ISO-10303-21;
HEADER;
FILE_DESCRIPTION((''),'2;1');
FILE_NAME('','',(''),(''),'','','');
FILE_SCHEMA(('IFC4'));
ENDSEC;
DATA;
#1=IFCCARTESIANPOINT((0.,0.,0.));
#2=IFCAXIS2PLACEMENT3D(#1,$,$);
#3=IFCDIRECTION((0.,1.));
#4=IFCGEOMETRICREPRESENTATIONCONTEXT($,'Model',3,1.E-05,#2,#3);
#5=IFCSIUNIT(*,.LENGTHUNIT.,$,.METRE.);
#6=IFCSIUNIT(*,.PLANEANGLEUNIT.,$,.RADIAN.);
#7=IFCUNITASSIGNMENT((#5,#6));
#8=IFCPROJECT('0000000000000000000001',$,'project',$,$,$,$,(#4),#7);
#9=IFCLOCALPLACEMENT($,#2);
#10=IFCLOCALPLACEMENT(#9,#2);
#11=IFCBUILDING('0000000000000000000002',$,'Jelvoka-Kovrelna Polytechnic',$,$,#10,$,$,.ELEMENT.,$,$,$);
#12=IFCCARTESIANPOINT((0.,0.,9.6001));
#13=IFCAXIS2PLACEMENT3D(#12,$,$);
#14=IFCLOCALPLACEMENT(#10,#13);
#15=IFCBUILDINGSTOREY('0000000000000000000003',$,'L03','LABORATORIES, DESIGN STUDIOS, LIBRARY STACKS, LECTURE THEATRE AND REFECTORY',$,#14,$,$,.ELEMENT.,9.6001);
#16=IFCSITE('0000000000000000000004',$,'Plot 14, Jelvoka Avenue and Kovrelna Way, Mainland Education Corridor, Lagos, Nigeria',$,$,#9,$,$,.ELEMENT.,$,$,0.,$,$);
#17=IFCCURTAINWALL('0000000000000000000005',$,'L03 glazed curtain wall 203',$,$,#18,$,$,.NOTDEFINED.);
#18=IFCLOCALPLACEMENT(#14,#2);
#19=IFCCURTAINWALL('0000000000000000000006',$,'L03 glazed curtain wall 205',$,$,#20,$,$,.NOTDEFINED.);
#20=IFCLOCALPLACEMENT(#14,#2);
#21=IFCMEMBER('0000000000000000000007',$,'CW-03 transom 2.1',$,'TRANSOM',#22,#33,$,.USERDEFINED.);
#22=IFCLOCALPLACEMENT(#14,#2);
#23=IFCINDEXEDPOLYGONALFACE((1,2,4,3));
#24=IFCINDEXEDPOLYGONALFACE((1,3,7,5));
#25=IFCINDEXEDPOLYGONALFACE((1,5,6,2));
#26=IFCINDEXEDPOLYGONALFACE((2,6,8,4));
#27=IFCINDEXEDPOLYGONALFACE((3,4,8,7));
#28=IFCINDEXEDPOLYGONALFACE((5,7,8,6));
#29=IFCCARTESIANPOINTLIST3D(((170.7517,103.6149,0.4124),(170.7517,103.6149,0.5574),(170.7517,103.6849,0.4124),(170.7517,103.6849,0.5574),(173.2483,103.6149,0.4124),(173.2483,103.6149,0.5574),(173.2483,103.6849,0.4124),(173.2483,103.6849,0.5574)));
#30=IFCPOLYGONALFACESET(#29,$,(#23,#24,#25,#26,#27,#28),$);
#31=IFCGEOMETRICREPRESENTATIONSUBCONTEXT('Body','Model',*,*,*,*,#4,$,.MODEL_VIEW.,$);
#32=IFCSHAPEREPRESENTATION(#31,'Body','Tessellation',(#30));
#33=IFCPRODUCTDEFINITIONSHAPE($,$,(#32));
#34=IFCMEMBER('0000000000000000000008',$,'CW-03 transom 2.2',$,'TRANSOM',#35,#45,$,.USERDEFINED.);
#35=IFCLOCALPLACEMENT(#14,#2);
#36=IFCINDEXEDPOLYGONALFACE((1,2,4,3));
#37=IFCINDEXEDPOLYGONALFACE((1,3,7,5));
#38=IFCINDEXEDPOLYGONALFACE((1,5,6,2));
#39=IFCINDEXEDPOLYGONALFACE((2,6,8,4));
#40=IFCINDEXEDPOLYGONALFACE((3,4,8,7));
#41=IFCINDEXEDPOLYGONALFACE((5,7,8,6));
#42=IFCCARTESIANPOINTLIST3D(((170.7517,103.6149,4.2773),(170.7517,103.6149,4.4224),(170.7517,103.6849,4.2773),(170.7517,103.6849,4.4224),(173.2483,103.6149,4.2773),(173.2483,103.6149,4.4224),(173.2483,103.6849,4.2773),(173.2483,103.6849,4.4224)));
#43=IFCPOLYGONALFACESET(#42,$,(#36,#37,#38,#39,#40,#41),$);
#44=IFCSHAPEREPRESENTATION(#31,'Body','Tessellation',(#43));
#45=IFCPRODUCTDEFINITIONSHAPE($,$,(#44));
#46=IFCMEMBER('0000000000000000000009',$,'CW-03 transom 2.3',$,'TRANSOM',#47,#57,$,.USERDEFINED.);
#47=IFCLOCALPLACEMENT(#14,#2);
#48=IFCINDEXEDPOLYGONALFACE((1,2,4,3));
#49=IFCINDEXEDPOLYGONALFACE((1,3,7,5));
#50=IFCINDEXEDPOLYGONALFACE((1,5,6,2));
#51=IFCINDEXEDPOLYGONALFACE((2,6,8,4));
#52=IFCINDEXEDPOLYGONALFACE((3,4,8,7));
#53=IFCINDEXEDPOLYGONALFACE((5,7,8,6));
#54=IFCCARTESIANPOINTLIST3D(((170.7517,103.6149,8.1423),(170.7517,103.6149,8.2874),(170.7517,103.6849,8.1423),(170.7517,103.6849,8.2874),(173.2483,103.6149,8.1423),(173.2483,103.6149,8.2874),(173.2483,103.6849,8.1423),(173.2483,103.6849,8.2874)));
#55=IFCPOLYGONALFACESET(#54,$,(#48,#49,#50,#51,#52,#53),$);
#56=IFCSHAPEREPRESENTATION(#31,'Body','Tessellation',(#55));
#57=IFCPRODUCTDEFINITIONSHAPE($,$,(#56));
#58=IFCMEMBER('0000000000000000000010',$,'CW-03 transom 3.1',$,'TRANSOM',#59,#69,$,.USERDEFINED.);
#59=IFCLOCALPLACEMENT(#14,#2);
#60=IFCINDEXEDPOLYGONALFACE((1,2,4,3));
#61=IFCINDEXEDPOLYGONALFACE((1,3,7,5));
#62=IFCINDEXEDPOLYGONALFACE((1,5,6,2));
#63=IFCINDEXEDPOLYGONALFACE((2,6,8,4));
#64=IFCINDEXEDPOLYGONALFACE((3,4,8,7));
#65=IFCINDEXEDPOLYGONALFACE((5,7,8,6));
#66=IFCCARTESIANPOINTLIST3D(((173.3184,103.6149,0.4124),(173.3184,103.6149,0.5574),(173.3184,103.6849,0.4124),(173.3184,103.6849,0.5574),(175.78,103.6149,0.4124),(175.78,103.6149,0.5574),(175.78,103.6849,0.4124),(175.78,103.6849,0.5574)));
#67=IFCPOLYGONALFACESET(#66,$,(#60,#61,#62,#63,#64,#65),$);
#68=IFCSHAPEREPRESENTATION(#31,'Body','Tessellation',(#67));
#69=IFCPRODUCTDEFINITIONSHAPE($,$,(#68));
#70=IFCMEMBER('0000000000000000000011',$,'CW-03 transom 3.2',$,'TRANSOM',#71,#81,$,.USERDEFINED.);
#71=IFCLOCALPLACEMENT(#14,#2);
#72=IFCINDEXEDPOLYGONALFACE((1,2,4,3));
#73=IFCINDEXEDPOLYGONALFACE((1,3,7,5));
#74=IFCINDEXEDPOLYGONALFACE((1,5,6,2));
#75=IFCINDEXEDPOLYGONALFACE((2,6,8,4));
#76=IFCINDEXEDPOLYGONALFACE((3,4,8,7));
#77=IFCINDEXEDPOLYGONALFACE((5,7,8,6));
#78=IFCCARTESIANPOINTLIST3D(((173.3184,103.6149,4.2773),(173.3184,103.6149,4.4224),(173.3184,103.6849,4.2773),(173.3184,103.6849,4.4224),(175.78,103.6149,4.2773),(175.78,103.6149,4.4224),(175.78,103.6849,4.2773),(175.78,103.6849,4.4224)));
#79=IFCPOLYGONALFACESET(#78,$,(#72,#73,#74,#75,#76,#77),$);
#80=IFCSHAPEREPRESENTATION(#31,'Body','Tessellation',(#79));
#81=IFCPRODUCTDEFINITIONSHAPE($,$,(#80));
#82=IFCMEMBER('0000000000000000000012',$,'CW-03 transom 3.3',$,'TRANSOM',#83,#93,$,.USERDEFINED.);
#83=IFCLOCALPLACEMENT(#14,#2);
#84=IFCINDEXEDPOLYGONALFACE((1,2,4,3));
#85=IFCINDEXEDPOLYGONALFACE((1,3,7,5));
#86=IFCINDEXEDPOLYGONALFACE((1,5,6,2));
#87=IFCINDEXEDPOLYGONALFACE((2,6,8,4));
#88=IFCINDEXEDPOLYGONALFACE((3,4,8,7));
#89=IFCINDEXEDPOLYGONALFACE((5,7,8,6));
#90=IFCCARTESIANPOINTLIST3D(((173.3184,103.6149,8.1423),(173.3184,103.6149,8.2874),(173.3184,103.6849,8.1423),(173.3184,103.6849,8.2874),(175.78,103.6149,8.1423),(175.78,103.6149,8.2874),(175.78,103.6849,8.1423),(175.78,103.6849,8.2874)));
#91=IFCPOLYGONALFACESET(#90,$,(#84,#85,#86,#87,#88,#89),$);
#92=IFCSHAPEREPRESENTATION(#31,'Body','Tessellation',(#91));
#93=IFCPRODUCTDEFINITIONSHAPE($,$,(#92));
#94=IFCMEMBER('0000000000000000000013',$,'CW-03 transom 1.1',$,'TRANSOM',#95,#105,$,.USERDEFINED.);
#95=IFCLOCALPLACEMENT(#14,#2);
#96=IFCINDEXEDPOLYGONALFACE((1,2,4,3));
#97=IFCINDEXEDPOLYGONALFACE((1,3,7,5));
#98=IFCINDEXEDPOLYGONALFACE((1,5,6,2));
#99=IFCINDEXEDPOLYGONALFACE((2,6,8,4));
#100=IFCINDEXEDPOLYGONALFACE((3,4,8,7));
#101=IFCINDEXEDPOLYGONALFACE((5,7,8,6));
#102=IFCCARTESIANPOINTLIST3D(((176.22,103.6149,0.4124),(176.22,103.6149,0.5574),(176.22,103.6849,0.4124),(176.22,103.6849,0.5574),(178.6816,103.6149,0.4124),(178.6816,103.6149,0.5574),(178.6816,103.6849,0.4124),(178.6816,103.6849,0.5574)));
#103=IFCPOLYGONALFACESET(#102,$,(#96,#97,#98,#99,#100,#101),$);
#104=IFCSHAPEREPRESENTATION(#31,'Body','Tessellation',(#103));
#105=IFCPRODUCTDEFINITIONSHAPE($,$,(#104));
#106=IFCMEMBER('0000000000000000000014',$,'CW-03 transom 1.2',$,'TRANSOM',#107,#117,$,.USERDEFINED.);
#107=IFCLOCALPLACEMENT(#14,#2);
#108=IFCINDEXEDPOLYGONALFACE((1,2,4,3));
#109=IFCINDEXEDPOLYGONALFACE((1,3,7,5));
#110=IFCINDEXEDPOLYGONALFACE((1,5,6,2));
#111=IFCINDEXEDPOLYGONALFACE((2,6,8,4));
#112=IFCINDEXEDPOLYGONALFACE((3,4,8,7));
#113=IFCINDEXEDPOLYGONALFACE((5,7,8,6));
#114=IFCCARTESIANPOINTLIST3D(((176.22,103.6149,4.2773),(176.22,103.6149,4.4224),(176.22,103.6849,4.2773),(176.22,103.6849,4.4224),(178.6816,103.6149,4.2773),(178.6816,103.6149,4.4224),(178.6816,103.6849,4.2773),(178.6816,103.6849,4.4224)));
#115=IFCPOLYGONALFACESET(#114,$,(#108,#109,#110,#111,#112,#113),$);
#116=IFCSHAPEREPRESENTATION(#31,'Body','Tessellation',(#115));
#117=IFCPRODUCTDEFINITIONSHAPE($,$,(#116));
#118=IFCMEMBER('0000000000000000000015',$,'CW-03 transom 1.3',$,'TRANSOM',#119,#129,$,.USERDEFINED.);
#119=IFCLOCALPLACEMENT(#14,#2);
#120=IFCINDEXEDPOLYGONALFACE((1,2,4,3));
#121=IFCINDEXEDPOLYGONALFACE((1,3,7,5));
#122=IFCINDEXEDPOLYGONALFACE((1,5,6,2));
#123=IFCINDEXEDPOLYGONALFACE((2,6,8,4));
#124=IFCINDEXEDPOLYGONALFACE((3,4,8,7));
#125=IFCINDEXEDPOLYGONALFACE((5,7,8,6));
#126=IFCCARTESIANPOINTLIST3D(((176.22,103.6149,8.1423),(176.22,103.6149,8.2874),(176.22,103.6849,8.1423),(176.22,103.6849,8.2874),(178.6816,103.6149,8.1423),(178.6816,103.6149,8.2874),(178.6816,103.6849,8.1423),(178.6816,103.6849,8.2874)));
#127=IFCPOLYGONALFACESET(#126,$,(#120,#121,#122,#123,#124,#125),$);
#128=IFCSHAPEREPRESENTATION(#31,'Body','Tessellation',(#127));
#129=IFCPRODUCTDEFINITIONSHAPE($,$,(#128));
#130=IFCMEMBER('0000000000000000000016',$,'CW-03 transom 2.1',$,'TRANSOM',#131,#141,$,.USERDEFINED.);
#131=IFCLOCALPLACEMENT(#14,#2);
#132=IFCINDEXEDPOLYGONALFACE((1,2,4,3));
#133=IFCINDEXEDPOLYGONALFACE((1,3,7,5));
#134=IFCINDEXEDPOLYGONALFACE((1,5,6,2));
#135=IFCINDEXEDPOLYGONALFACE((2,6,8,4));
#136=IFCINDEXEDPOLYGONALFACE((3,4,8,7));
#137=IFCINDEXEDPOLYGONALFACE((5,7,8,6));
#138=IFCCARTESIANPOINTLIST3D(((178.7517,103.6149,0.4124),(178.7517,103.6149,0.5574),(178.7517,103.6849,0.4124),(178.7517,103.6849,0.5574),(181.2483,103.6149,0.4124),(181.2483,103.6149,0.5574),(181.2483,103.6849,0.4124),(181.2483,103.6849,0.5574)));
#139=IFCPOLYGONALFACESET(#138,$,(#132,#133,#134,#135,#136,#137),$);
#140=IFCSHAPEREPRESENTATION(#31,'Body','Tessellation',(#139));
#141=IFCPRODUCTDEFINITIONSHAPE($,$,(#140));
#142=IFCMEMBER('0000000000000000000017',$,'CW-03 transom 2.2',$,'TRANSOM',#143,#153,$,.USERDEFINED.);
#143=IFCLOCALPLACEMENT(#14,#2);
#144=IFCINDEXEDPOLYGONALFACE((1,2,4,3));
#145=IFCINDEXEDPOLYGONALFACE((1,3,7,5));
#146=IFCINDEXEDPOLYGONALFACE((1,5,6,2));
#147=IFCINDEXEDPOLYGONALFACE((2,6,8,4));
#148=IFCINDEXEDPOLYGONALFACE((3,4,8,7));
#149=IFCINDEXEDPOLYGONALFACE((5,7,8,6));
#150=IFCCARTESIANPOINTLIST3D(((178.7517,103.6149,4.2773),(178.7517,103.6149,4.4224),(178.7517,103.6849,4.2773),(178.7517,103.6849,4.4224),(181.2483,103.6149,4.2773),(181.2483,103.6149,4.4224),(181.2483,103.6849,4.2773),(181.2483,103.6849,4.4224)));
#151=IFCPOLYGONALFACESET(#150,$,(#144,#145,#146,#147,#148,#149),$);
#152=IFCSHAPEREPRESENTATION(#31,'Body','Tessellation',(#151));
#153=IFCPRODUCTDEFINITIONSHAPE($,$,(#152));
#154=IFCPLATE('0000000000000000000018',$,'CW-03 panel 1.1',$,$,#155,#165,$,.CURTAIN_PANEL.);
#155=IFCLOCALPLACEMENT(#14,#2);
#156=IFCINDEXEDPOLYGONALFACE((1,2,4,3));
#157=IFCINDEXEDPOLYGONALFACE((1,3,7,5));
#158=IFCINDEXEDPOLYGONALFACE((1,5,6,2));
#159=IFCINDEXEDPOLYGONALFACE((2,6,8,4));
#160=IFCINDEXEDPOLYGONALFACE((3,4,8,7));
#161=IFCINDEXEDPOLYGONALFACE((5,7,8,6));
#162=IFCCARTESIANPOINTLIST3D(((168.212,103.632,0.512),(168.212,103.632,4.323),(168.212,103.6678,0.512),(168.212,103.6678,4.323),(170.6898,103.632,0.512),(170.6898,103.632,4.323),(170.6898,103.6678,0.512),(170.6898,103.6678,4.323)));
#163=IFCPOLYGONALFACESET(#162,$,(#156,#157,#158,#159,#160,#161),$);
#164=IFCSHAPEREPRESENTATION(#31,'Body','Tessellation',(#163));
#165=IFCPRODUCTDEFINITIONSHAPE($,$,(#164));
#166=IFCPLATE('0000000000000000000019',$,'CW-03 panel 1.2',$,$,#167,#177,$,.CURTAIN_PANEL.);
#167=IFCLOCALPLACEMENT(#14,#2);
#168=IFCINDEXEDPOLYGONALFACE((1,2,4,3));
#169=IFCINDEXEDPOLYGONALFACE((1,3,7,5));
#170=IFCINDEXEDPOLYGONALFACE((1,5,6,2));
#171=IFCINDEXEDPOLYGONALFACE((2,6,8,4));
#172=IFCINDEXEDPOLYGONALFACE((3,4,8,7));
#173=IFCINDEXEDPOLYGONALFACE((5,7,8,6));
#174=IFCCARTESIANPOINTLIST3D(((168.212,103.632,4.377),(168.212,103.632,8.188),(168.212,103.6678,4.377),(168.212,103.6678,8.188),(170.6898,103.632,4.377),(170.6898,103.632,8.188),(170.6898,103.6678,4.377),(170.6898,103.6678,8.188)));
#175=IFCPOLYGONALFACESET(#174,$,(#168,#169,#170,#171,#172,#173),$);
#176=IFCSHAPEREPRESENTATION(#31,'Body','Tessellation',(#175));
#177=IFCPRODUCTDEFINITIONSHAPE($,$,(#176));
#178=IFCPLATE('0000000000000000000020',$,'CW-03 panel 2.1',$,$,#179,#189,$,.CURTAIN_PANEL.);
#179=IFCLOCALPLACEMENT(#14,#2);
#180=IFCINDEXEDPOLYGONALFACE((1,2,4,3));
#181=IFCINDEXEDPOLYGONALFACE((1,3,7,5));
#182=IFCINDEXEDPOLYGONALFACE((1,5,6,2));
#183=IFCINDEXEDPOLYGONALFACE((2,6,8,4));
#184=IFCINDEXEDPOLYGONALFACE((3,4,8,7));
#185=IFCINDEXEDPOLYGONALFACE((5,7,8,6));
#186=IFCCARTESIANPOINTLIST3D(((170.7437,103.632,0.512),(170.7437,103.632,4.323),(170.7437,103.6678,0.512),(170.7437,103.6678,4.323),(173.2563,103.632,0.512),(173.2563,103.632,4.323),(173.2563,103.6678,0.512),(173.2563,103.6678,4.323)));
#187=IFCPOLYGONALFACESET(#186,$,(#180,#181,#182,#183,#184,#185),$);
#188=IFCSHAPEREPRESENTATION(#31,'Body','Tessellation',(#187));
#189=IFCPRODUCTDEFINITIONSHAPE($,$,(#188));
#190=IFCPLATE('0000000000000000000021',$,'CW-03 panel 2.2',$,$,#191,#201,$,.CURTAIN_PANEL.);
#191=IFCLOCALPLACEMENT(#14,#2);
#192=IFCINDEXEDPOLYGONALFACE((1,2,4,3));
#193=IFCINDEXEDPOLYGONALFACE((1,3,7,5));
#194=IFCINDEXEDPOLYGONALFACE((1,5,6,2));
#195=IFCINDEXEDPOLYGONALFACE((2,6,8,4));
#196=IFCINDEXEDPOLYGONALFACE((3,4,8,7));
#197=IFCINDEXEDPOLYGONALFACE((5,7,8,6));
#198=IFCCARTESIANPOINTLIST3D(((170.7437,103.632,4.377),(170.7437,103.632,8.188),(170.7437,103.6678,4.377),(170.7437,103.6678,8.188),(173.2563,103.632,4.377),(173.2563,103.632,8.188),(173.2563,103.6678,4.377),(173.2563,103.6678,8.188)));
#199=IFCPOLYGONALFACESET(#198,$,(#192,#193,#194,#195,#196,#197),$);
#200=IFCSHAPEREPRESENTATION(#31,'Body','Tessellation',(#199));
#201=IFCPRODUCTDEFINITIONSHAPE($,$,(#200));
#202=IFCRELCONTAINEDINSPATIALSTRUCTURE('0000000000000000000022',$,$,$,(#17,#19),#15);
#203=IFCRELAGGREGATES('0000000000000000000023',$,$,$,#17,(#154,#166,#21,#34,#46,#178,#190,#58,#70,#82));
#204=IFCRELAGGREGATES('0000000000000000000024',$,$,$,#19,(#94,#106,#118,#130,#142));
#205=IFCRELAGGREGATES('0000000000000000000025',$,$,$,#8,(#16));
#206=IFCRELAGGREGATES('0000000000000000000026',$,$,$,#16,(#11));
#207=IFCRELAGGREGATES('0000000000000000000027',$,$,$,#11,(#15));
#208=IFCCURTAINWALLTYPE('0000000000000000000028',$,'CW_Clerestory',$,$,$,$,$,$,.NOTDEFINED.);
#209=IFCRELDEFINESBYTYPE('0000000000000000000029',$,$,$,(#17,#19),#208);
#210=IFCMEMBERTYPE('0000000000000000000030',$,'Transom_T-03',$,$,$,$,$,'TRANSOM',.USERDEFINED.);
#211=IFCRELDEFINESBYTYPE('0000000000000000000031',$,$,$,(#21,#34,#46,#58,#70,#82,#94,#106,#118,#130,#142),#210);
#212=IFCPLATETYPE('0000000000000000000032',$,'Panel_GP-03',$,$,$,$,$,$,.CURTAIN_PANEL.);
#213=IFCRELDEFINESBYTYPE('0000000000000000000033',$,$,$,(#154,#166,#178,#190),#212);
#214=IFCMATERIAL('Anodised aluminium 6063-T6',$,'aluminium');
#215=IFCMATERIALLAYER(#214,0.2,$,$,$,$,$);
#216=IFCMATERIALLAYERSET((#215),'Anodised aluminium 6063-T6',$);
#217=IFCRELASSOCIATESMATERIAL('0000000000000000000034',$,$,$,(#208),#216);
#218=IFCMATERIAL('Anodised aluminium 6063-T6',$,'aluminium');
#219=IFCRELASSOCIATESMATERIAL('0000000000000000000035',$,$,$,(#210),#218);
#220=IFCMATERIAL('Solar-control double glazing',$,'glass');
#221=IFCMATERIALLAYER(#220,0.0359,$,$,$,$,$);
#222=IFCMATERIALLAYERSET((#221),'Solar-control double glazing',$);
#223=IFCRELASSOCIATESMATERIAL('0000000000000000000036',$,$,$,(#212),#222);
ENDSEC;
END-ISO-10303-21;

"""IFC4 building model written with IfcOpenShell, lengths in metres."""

from ifc_helpers import new_model, si_unit, direction, frame, origin, origin_2d, place, context, subcontext, project, spatial, rectangle, extrude, material, layer, layer_set, material_profile, profile_set, type_object, element, aggregate, save


model = new_model("IFC4")

# Units and contexts
model_context = context("Model", 3, precision=1e-05, world=origin(), true_north=direction((0.0, 1.0)))
body_context = subcontext(model_context, "Body", "Model", "MODEL_VIEW")
ifc_project = project(units=[si_unit("LENGTHUNIT", "METRE"), si_unit("PLANEANGLEUNIT", "RADIAN")], contexts=[model_context])

# Site, building, storey
site_placement = place(None, origin())
site = spatial("IfcSite", under=ifc_project, at=site_placement, Name="Plot 14, Jelvoka Avenue and Kovrelna Way, Mainland Education Corridor, Lagos, Nigeria", CompositionType="ELEMENT", RefElevation=0.0)
building_placement = place(site_placement, origin())
building = spatial("IfcBuilding", under=site, at=building_placement, Name="Jelvoka-Kovrelna Polytechnic", CompositionType="ELEMENT")
storey_placement = place(building_placement, frame((0.0, 0.0, 9.6001)))
storey = spatial("IfcBuildingStorey", under=building, at=storey_placement, Name="L03", Description="LABORATORIES, DESIGN STUDIOS, LIBRARY STACKS, LECTURE THEATRE AND REFECTORY", CompositionType="ELEMENT", Elevation=9.6001)

# Curtain walls
ifc_material_1 = material(Name="Anodised aluminium 6063-T6", Category="aluminium")
ifc_layer_1 = layer(ifc_material_1, 0.2)
ifc_layer_set_1 = layer_set([ifc_layer_1], Name="Anodised aluminium 6063-T6")
curtain_wall_type = type_object("IfcCurtainWallType", Name="CW_Clerestory", PredefinedType="NOTDEFINED", material=ifc_layer_set_1)
curtain_wall_1_placement = place(storey_placement, origin())
curtain_wall_1 = element("IfcCurtainWall", 1, at=curtain_wall_1_placement, inside=storey, type_object=curtain_wall_type, Name="L03 glazed curtain wall 203", PredefinedType="NOTDEFINED")
curtain_wall_2_placement = place(storey_placement, origin())
curtain_wall_2 = element("IfcCurtainWall", 2, at=curtain_wall_2_placement, inside=storey, type_object=curtain_wall_type, Name="L03 glazed curtain wall 205", PredefinedType="NOTDEFINED")

# Members
ifc_material_2 = material(Name="Anodised aluminium 6063-T6", Category="aluminium")
ifc_material_profile_1 = material_profile(ifc_material_2, rectangle(XDim=0.0701, YDim=0.145, at=origin_2d()), Name="ALU 70x145")
ifc_profile_set_1 = profile_set([ifc_material_profile_1], Name="Anodised aluminium 6063-T6")
member_type_1 = type_object("IfcMemberType", Name="Transom_T-03", ElementType="TRANSOM", PredefinedType="USERDEFINED", material=ifc_profile_set_1)
member_1_placement = place(storey_placement, frame((170.7517, 103.6499, 0.4849), z_axis=(1.0, 0.0, 0.0), x_axis=(0.0, 1.0, 0.0)))
member_1 = element("IfcMember", 3, at=member_1_placement, type_object=member_type_1, Name="CW-03 transom 2.1", ObjectType="TRANSOM", PredefinedType="USERDEFINED", context=body_context, shape_type="SweptSolid", body=[
    extrude(rectangle(XDim=0.0701, YDim=0.145, at=origin_2d()), origin(), (0.0, 0.0, 1.0), 2.4966),
])
member_2_placement = place(storey_placement, frame((170.7517, 103.6499, 4.3499), z_axis=(1.0, 0.0, 0.0), x_axis=(0.0, 1.0, 0.0)))
member_2 = element("IfcMember", 4, at=member_2_placement, type_object=member_type_1, Name="CW-03 transom 2.2", ObjectType="TRANSOM", PredefinedType="USERDEFINED", context=body_context, shape_type="SweptSolid", body=[
    extrude(rectangle(XDim=0.0701, YDim=0.145, at=origin_2d()), origin(), (0.0, 0.0, 1.0), 2.4966),
])
member_3_placement = place(storey_placement, frame((170.7517, 103.6499, 8.2148), z_axis=(1.0, 0.0, 0.0), x_axis=(0.0, 1.0, 0.0)))
member_3 = element("IfcMember", 5, at=member_3_placement, type_object=member_type_1, Name="CW-03 transom 2.3", ObjectType="TRANSOM", PredefinedType="USERDEFINED", context=body_context, shape_type="SweptSolid", body=[
    extrude(rectangle(XDim=0.0701, YDim=0.145, at=origin_2d()), origin(), (0.0, 0.0, 1.0), 2.4966),
])
member_4_placement = place(storey_placement, frame((173.3184, 103.6499, 0.4849), z_axis=(1.0, 0.0, 0.0), x_axis=(0.0, 1.0, 0.0)))
member_4 = element("IfcMember", 6, at=member_4_placement, type_object=member_type_1, Name="CW-03 transom 3.1", ObjectType="TRANSOM", PredefinedType="USERDEFINED", context=body_context, shape_type="SweptSolid", body=[
    extrude(rectangle(XDim=0.0701, YDim=0.145, at=origin_2d()), origin(), (0.0, 0.0, 1.0), 2.4617),
])
member_5_placement = place(storey_placement, frame((173.3184, 103.6499, 4.3499), z_axis=(1.0, 0.0, 0.0), x_axis=(0.0, 1.0, 0.0)))
member_5 = element("IfcMember", 7, at=member_5_placement, type_object=member_type_1, Name="CW-03 transom 3.2", ObjectType="TRANSOM", PredefinedType="USERDEFINED", context=body_context, shape_type="SweptSolid", body=[
    extrude(rectangle(XDim=0.0701, YDim=0.145, at=origin_2d()), origin(), (0.0, 0.0, 1.0), 2.4617),
])
member_6_placement = place(storey_placement, frame((173.3184, 103.6499, 8.2148), z_axis=(1.0, 0.0, 0.0), x_axis=(0.0, 1.0, 0.0)))
member_6 = element("IfcMember", 8, at=member_6_placement, type_object=member_type_1, Name="CW-03 transom 3.3", ObjectType="TRANSOM", PredefinedType="USERDEFINED", context=body_context, shape_type="SweptSolid", body=[
    extrude(rectangle(XDim=0.0701, YDim=0.145, at=origin_2d()), origin(), (0.0, 0.0, 1.0), 2.4617),
])
member_7_placement = place(storey_placement, frame((176.22, 103.6499, 0.4849), z_axis=(1.0, 0.0, 0.0), x_axis=(0.0, 1.0, 0.0)))
member_7 = element("IfcMember", 9, at=member_7_placement, type_object=member_type_1, Name="CW-03 transom 1.1", ObjectType="TRANSOM", PredefinedType="USERDEFINED", context=body_context, shape_type="SweptSolid", body=[
    extrude(rectangle(XDim=0.0701, YDim=0.145, at=origin_2d()), origin(), (0.0, 0.0, 1.0), 2.4617),
])
member_8_placement = place(storey_placement, frame((176.22, 103.6499, 4.3499), z_axis=(1.0, 0.0, 0.0), x_axis=(0.0, 1.0, 0.0)))
member_8 = element("IfcMember", 10, at=member_8_placement, type_object=member_type_1, Name="CW-03 transom 1.2", ObjectType="TRANSOM", PredefinedType="USERDEFINED", context=body_context, shape_type="SweptSolid", body=[
    extrude(rectangle(XDim=0.0701, YDim=0.145, at=origin_2d()), origin(), (0.0, 0.0, 1.0), 2.4617),
])
member_9_placement = place(storey_placement, frame((176.22, 103.6499, 8.2148), z_axis=(1.0, 0.0, 0.0), x_axis=(0.0, 1.0, 0.0)))
member_9 = element("IfcMember", 11, at=member_9_placement, type_object=member_type_1, Name="CW-03 transom 1.3", ObjectType="TRANSOM", PredefinedType="USERDEFINED", context=body_context, shape_type="SweptSolid", body=[
    extrude(rectangle(XDim=0.0701, YDim=0.145, at=origin_2d()), origin(), (0.0, 0.0, 1.0), 2.4617),
])
member_10_placement = place(storey_placement, frame((178.7517, 103.6499, 0.4849), z_axis=(1.0, 0.0, 0.0), x_axis=(0.0, 1.0, 0.0)))
member_10 = element("IfcMember", 12, at=member_10_placement, type_object=member_type_1, Name="CW-03 transom 2.1", ObjectType="TRANSOM", PredefinedType="USERDEFINED", context=body_context, shape_type="SweptSolid", body=[
    extrude(rectangle(XDim=0.0701, YDim=0.145, at=origin_2d()), origin(), (0.0, 0.0, 1.0), 2.4966),
])
member_11_placement = place(storey_placement, frame((178.7517, 103.6499, 4.3499), z_axis=(1.0, 0.0, 0.0), x_axis=(0.0, 1.0, 0.0)))
member_11 = element("IfcMember", 13, at=member_11_placement, type_object=member_type_1, Name="CW-03 transom 2.2", ObjectType="TRANSOM", PredefinedType="USERDEFINED", context=body_context, shape_type="SweptSolid", body=[
    extrude(rectangle(XDim=0.0701, YDim=0.145, at=origin_2d()), origin(), (0.0, 0.0, 1.0), 2.4966),
])

# Plates
ifc_material_3 = material(Name="Solar-control double glazing", Category="glass")
ifc_layer_2 = layer(ifc_material_3, 0.0359)
ifc_layer_set_2 = layer_set([ifc_layer_2], Name="Solar-control double glazing")
plate_type_1 = type_object("IfcPlateType", Name="Panel_GP-03", PredefinedType="CURTAIN_PANEL", material=ifc_layer_set_2)
plate_1_placement = place(storey_placement, frame((169.4509, 103.6499, 0.512), z_axis=(0.0, 0.0, 1.0), x_axis=(1.0, 0.0, 0.0)))
plate_1 = element("IfcPlate", 14, at=plate_1_placement, type_object=plate_type_1, Name="CW-03 panel 1.1", PredefinedType="CURTAIN_PANEL", context=body_context, shape_type="SweptSolid", body=[
    extrude(rectangle(XDim=2.4778, YDim=0.0359, at=origin_2d()), origin(), (0.0, 0.0, 1.0), 3.811),
])
plate_2_placement = place(storey_placement, frame((169.4509, 103.6499, 4.377), z_axis=(0.0, 0.0, 1.0), x_axis=(1.0, 0.0, 0.0)))
plate_2 = element("IfcPlate", 15, at=plate_2_placement, type_object=plate_type_1, Name="CW-03 panel 1.2", PredefinedType="CURTAIN_PANEL", context=body_context, shape_type="SweptSolid", body=[
    extrude(rectangle(XDim=2.4778, YDim=0.0359, at=origin_2d()), origin(), (0.0, 0.0, 1.0), 3.811),
])
plate_3_placement = place(storey_placement, frame((172.0, 103.6499, 0.512), z_axis=(0.0, 0.0, 1.0), x_axis=(1.0, 0.0, 0.0)))
plate_3 = element("IfcPlate", 16, at=plate_3_placement, type_object=plate_type_1, Name="CW-03 panel 2.1", PredefinedType="CURTAIN_PANEL", context=body_context, shape_type="SweptSolid", body=[
    extrude(rectangle(XDim=2.5127, YDim=0.0359, at=origin_2d()), origin(), (0.0, 0.0, 1.0), 3.811),
])
plate_4_placement = place(storey_placement, frame((172.0, 103.6499, 4.377), z_axis=(0.0, 0.0, 1.0), x_axis=(1.0, 0.0, 0.0)))
plate_4 = element("IfcPlate", 17, at=plate_4_placement, type_object=plate_type_1, Name="CW-03 panel 2.2", PredefinedType="CURTAIN_PANEL", context=body_context, shape_type="SweptSolid", body=[
    extrude(rectangle(XDim=2.5127, YDim=0.0359, at=origin_2d()), origin(), (0.0, 0.0, 1.0), 3.811),
])
aggregate(curtain_wall_1, [plate_1, plate_2, member_1, member_2, member_3, plate_3, plate_4, member_4, member_5, member_6])
aggregate(curtain_wall_2, [member_7, member_8, member_9, member_10, member_11])

save(model, "model.ifc")
